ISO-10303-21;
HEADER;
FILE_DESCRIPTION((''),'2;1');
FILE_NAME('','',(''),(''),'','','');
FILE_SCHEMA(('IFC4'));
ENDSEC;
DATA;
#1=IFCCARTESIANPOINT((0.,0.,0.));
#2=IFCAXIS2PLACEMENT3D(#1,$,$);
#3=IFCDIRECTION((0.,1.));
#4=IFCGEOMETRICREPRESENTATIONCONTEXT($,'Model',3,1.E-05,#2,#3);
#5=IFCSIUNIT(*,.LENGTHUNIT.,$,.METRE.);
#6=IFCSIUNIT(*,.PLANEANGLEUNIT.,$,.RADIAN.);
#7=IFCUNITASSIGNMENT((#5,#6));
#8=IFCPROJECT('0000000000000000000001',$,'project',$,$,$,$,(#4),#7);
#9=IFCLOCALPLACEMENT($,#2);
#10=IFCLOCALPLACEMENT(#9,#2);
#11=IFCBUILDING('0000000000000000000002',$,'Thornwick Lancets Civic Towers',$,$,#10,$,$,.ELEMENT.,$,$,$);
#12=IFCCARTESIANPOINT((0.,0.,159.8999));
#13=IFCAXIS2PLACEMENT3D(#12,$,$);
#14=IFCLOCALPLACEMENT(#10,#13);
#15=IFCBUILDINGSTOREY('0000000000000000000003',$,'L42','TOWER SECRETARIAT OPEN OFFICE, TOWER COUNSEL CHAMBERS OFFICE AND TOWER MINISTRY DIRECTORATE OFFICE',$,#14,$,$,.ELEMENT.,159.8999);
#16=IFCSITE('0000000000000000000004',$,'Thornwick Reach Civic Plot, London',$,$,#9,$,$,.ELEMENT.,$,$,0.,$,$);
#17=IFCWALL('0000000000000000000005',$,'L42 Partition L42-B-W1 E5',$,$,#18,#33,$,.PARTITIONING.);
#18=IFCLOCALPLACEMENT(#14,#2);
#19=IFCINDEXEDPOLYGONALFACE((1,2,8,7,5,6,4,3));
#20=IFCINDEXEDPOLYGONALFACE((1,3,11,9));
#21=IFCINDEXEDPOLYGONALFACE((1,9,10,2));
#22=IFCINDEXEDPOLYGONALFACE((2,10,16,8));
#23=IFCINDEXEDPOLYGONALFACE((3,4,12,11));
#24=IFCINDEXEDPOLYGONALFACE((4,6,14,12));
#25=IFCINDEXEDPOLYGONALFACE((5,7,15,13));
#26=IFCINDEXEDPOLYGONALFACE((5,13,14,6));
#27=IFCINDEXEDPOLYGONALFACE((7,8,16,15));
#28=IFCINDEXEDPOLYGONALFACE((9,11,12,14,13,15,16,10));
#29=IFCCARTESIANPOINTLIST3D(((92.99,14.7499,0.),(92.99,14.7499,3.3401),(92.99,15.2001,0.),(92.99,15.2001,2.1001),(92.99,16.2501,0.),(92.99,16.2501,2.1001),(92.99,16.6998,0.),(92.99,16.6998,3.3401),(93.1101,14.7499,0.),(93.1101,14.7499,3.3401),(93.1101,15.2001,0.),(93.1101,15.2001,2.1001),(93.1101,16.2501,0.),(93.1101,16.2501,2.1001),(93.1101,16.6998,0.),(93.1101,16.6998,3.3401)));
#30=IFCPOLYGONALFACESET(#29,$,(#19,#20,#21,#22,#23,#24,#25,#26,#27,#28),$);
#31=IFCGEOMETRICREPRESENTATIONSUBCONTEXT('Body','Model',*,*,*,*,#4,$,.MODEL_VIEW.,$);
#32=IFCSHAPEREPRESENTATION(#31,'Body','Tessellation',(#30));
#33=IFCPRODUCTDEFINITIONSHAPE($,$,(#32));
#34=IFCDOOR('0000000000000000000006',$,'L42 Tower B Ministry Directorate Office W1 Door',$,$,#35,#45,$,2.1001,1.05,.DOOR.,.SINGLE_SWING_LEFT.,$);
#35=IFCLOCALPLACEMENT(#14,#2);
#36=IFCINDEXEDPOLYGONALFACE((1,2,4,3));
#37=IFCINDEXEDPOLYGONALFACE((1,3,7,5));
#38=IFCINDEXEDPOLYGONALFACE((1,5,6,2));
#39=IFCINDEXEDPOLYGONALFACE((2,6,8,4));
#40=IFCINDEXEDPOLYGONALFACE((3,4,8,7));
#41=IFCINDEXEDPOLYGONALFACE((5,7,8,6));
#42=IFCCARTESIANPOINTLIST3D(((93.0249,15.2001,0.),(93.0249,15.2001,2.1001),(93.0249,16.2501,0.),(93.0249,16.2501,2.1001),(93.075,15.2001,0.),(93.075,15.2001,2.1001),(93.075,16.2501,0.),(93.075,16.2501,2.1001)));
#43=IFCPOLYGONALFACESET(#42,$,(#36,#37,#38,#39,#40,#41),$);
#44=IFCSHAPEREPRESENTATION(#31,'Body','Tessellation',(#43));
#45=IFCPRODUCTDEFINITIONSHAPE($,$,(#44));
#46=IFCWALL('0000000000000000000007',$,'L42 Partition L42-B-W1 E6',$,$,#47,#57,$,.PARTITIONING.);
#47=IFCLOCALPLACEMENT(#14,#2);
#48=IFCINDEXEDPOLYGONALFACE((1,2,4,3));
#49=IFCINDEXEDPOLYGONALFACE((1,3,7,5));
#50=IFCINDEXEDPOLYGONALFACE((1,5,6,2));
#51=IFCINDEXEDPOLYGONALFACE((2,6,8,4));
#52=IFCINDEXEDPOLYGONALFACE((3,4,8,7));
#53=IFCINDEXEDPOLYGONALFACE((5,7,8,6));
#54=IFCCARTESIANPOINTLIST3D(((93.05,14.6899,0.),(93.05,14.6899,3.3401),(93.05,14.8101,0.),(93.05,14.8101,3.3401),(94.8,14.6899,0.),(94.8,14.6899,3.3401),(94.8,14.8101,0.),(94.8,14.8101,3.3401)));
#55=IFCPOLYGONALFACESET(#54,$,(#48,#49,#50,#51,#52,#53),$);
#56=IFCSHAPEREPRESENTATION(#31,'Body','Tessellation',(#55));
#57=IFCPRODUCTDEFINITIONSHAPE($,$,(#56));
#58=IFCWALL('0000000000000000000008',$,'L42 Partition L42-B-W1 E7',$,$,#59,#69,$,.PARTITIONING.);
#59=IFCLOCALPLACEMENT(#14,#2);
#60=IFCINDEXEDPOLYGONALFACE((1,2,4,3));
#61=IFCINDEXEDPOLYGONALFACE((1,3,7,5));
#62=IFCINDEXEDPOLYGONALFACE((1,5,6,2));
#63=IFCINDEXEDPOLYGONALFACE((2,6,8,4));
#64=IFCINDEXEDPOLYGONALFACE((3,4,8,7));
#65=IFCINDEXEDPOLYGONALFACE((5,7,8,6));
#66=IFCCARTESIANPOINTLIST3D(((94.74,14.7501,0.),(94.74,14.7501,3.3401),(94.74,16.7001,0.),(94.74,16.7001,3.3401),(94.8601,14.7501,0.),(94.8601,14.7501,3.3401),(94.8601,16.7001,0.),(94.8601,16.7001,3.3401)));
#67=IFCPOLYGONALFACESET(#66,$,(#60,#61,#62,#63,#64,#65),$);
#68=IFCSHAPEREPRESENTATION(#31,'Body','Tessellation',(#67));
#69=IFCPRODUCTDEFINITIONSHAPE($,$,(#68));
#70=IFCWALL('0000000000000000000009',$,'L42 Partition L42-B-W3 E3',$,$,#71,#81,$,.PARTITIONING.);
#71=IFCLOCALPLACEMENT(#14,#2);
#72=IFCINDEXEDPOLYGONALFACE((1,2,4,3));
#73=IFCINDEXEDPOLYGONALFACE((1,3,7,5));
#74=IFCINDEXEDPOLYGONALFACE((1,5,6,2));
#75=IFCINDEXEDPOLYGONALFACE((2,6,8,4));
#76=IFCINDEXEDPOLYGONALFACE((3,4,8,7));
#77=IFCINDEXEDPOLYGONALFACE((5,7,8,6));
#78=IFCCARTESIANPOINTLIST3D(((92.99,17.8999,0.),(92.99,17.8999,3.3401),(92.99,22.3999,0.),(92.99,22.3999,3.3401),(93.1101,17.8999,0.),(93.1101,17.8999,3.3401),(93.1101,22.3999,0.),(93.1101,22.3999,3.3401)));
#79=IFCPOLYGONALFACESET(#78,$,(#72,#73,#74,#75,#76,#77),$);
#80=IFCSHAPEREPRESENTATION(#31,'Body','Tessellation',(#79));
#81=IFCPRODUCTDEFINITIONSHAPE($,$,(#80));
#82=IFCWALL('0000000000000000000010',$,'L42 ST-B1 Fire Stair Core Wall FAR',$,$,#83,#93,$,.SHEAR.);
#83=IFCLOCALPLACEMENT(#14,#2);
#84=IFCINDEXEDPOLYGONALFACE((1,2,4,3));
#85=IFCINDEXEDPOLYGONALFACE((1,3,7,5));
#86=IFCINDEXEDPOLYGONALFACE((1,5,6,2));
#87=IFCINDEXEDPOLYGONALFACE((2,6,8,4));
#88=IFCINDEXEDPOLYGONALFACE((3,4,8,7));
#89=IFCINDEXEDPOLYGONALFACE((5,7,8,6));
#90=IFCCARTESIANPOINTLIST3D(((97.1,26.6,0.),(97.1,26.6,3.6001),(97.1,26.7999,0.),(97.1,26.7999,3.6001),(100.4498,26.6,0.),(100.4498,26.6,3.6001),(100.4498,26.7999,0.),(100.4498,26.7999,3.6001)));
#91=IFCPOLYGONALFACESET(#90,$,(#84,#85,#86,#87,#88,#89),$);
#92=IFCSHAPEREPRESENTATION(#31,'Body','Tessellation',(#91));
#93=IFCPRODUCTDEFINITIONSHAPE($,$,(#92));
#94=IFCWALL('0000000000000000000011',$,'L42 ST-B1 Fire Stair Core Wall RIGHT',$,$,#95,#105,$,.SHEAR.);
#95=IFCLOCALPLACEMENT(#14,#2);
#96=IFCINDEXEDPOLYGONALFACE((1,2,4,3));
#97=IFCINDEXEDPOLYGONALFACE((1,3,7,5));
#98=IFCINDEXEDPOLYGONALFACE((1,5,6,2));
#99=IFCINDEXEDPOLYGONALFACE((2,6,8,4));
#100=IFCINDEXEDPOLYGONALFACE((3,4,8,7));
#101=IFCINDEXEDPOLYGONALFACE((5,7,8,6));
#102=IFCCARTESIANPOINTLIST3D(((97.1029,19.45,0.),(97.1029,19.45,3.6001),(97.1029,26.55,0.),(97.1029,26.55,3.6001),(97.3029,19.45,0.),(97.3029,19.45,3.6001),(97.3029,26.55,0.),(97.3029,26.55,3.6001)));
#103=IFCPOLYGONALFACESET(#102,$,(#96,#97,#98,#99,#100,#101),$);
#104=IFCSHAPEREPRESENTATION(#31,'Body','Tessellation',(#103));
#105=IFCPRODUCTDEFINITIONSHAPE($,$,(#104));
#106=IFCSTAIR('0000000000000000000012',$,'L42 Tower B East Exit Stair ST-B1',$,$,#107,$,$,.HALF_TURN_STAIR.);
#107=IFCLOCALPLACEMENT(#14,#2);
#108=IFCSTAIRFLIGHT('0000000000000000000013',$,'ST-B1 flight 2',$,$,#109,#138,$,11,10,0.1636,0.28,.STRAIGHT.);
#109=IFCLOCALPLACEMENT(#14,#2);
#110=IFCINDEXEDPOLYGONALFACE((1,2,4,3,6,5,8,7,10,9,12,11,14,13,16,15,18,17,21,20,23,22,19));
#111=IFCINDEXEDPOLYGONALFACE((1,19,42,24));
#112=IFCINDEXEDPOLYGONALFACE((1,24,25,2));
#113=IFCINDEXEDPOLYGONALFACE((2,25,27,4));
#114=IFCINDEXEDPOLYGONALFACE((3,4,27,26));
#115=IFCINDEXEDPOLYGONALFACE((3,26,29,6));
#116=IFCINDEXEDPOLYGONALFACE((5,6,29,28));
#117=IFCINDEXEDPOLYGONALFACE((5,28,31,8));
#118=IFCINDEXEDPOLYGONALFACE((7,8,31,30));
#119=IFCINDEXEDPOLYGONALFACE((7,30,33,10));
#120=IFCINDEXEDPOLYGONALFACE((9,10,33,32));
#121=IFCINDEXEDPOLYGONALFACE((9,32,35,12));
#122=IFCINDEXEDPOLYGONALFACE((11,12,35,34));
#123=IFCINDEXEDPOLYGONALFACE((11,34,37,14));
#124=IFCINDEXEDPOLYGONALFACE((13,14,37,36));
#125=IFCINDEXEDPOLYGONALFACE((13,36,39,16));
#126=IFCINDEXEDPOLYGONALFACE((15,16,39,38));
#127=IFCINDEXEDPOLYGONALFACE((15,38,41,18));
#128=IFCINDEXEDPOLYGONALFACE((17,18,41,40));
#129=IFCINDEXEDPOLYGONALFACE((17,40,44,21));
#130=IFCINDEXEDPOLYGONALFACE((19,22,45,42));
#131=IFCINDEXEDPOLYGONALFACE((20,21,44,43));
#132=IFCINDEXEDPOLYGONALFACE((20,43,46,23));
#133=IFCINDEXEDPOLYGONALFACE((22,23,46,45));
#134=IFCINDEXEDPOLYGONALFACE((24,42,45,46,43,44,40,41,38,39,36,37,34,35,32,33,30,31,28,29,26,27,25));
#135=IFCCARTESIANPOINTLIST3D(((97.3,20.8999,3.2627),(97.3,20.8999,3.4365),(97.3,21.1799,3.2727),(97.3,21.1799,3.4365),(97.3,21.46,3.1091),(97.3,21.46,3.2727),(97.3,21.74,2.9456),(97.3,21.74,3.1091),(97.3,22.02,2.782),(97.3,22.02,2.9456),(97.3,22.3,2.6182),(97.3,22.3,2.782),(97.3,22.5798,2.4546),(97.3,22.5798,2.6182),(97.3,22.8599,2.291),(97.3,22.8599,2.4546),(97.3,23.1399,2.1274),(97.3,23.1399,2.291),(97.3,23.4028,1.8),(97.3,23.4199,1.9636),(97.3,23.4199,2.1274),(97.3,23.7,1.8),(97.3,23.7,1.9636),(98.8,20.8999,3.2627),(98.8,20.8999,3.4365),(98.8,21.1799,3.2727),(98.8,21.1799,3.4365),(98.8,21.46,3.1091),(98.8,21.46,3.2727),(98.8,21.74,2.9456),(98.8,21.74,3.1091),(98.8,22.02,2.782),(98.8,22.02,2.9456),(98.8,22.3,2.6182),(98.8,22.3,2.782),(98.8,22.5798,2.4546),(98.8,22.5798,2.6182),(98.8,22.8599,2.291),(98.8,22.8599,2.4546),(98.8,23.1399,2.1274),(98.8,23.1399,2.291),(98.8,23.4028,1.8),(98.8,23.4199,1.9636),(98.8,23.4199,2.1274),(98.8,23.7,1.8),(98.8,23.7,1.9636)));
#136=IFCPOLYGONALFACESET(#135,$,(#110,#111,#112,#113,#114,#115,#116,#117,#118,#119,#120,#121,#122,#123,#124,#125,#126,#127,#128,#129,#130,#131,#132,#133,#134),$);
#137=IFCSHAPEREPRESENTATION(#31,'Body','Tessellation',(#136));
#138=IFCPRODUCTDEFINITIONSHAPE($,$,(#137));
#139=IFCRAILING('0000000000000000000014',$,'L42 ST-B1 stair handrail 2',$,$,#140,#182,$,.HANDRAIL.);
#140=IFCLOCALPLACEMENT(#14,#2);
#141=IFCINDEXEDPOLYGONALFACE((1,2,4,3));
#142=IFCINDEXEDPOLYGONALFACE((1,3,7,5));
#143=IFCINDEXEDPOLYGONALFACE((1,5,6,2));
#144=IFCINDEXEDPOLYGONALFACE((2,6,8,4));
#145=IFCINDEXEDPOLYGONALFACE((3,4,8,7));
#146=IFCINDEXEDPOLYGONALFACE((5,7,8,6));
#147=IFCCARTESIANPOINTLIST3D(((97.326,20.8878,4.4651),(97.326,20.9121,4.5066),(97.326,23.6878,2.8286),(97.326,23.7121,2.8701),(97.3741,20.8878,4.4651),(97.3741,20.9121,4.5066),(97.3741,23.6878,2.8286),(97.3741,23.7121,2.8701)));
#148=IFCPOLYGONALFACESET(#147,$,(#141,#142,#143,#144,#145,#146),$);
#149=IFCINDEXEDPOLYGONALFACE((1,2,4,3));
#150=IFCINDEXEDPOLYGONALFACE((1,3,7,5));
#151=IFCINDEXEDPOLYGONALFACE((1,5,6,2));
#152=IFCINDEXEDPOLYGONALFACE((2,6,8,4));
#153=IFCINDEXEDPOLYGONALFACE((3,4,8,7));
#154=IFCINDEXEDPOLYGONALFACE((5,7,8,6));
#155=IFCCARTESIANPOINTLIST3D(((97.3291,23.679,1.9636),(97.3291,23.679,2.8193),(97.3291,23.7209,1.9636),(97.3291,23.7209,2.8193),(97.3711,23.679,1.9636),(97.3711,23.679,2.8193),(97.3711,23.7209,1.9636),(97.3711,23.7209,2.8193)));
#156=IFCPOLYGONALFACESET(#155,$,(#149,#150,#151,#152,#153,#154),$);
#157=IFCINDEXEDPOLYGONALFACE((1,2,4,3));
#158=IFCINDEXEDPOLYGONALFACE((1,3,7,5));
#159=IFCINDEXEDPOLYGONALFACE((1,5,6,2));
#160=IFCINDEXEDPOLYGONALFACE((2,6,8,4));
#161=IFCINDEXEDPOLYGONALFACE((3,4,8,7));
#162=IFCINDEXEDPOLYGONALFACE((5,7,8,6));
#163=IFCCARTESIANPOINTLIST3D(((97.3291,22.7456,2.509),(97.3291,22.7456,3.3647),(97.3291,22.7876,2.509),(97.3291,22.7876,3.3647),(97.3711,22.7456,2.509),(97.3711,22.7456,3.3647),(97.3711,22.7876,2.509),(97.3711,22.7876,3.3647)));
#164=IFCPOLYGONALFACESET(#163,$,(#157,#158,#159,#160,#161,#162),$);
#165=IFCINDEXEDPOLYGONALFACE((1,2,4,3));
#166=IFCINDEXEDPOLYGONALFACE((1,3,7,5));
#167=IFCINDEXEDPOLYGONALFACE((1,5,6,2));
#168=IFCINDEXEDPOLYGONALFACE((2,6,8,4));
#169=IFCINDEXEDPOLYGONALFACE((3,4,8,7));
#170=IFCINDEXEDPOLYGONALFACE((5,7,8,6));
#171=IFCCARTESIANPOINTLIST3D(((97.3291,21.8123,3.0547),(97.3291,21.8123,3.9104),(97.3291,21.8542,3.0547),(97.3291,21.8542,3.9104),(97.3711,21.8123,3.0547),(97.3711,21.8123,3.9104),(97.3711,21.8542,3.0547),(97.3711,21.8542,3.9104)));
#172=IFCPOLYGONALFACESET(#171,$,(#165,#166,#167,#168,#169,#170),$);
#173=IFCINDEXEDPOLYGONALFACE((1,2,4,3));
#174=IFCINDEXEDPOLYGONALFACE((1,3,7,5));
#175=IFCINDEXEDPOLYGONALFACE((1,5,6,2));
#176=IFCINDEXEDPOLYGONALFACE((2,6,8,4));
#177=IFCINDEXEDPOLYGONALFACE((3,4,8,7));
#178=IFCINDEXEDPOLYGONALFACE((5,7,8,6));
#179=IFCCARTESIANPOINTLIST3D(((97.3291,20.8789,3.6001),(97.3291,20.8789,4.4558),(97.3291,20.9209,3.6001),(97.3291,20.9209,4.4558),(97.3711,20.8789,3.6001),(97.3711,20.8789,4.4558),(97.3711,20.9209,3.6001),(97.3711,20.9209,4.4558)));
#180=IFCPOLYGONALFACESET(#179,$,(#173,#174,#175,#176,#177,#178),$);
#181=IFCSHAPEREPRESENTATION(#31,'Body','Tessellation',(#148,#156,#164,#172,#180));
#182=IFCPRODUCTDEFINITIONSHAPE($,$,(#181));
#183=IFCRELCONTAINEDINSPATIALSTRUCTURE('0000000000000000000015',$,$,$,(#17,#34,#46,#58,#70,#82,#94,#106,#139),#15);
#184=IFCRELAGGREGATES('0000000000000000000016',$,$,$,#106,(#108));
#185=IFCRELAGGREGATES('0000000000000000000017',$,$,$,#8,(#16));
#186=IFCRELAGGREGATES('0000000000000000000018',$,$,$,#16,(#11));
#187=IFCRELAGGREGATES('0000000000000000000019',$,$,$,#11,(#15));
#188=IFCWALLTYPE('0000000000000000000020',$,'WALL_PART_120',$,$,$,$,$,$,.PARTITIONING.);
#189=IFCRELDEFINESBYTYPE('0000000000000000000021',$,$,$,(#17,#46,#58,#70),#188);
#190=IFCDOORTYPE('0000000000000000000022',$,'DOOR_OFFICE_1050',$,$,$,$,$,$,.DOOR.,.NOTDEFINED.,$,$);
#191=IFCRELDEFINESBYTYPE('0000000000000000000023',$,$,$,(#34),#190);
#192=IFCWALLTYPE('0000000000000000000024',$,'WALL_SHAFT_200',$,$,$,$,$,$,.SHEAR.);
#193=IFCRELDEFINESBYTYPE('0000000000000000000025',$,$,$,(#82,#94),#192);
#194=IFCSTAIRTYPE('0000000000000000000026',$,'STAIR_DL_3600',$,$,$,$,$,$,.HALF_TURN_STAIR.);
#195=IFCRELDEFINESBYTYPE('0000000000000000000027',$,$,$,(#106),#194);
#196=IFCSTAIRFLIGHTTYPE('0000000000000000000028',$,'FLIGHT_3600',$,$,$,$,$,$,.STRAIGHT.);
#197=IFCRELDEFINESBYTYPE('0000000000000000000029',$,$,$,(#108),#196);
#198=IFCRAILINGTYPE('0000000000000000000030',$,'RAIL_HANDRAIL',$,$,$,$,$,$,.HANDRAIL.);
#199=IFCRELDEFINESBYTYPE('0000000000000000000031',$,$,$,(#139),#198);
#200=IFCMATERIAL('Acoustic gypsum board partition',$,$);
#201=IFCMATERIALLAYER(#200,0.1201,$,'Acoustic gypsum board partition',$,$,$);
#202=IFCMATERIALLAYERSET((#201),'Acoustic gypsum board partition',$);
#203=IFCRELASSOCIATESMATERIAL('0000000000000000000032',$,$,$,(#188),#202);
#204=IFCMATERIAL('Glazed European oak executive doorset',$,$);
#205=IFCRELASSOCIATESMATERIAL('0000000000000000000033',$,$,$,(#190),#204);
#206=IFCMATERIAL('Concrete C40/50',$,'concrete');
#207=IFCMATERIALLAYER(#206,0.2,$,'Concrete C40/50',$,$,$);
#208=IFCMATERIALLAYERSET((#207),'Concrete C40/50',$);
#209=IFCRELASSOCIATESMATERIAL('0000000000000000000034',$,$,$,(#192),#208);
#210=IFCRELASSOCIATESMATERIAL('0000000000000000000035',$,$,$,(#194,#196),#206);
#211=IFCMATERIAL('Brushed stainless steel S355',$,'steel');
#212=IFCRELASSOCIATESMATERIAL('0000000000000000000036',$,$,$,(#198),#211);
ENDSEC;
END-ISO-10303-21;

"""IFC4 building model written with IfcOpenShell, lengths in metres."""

from ifc_helpers import new_model, si_unit, direction, frame, frame_2d, origin, origin_2d, place, context, subcontext, project, spatial, polyline, rectangle, outline, extrude, material, layer, layer_set, type_object, element, fill, aggregate, save


model = new_model("IFC4")

# Units and contexts
model_context = context("Model", 3, precision=1e-05, world=origin(), true_north=direction((0.0, 1.0)))
body_context = subcontext(model_context, "Body", "Model", "MODEL_VIEW")
ifc_project = project(units=[si_unit("LENGTHUNIT", "METRE"), si_unit("PLANEANGLEUNIT", "RADIAN")], contexts=[model_context])

# Site, building, storey
site_placement = place(None, origin())
site = spatial("IfcSite", under=ifc_project, at=site_placement, Name="Thornwick Reach Civic Plot, London", CompositionType="ELEMENT", RefElevation=0.0)
building_placement = place(site_placement, origin())
building = spatial("IfcBuilding", under=site, at=building_placement, Name="Thornwick Lancets Civic Towers", CompositionType="ELEMENT")
storey_placement = place(building_placement, frame((0.0, 0.0, 159.8999)))
storey = spatial("IfcBuildingStorey", under=building, at=storey_placement, Name="L42", Description="TOWER SECRETARIAT OPEN OFFICE, TOWER COUNSEL CHAMBERS OFFICE AND TOWER MINISTRY DIRECTORATE OFFICE", CompositionType="ELEMENT", Elevation=159.8999)

# Shared definitions
ifc_material_1 = material(Name="Acoustic gypsum board partition")
ifc_layer_1 = layer(ifc_material_1, 0.1201, Name="Acoustic gypsum board partition")
ifc_layer_set_1 = layer_set([ifc_layer_1], Name="Acoustic gypsum board partition")
wall_type_1 = type_object("IfcWallType", Name="WALL_PART_120", PredefinedType="PARTITIONING", material=ifc_layer_set_1)

# Wall, opening, door
wall_1_placement = place(storey_placement, frame((93.05, 16.7, 0.0), z_axis=(0.0, 0.0, 1.0), x_axis=(0.0, -1.0, 0.0)))
wall_1 = element("IfcWall", 1, at=wall_1_placement, inside=storey, type_object=wall_type_1, Name="L42 Partition L42-B-W1 E5", PredefinedType="PARTITIONING", context=body_context, shape_type="SweptSolid", body=[
    extrude(rectangle(XDim=1.95, YDim=0.1201, at=frame_2d((0.9751, 0.0))), origin(), (0.0, 0.0, 1.0), 3.3401),
])
opening_1_placement = place(wall_1_placement, frame((0.45, 0.0, 0.0)))
opening_1 = element("IfcOpeningElement", 2, at=opening_1_placement, cuts=wall_1, PredefinedType="OPENING", context=body_context, shape_type="SweptSolid", body=[
    extrude(rectangle(XDim=1.05, YDim=2.1001, at=frame_2d((0.5249, 1.05))), frame((0.0, 0.0701, 0.0), z_axis=(0.0, -1.0, 0.0), x_axis=(1.0, 0.0, 0.0)), (0.0, 0.0, 1.0), 0.1401),
])
ifc_material_2 = material(Name="Glazed European oak executive doorset")
door_type_1 = type_object("IfcDoorType", Name="DOOR_OFFICE_1050", OperationType="NOTDEFINED", PredefinedType="DOOR", material=ifc_material_2)
door_1_placement = place(opening_1_placement, origin())
door_1 = element("IfcDoor", 3, at=door_1_placement, inside=storey, type_object=door_type_1, Name="L42 Tower B Ministry Directorate Office W1 Door", OperationType="SINGLE_SWING_LEFT", OverallHeight=2.1001, OverallWidth=1.05, PredefinedType="DOOR", context=body_context, shape_type="SweptSolid", body=[
    extrude(rectangle(XDim=1.05, YDim=2.1001, at=frame_2d((0.5249, 1.05))), frame((0.0, 0.0249, 0.0), z_axis=(0.0, -1.0, 0.0), x_axis=(1.0, 0.0, 0.0)), (0.0, 0.0, 1.0), 0.05),
])
fill(opening_1, door_1)

# Walls
wall_2_placement = place(storey_placement, frame((93.05, 14.75, 0.0), z_axis=(0.0, 0.0, 1.0), x_axis=(1.0, 0.0, 0.0)))
element("IfcWall", 4, at=wall_2_placement, inside=storey, type_object=wall_type_1, Name="L42 Partition L42-B-W1 E6", PredefinedType="PARTITIONING", context=body_context, shape_type="SweptSolid", body=[
    extrude(rectangle(XDim=1.75, YDim=0.1201, at=frame_2d((0.875, 0.0))), origin(), (0.0, 0.0, 1.0), 3.3401),
])
wall_3_placement = place(storey_placement, frame((94.8, 14.75, 0.0), z_axis=(0.0, 0.0, 1.0), x_axis=(0.0, 1.0, 0.0)))
element("IfcWall", 5, at=wall_3_placement, inside=storey, type_object=wall_type_1, Name="L42 Partition L42-B-W1 E7", PredefinedType="PARTITIONING", context=body_context, shape_type="SweptSolid", body=[
    extrude(rectangle(XDim=1.95, YDim=0.1201, at=frame_2d((0.9751, 0.0))), origin(), (0.0, 0.0, 1.0), 3.3401),
])
wall_4_placement = place(storey_placement, frame((93.05, 22.3999, 0.0), z_axis=(0.0, 0.0, 1.0), x_axis=(0.0, -1.0, 0.0)))
element("IfcWall", 6, at=wall_4_placement, inside=storey, type_object=wall_type_1, Name="L42 Partition L42-B-W3 E3", PredefinedType="PARTITIONING", context=body_context, shape_type="SweptSolid", body=[
    extrude(rectangle(XDim=4.5, YDim=0.1201, at=frame_2d((2.25, 0.0))), origin(), (0.0, 0.0, 1.0), 3.3401),
])
ifc_material_3 = material(Name="Concrete C40/50", Category="concrete")
ifc_layer_2 = layer(ifc_material_3, 0.2, Name="Concrete C40/50")
ifc_layer_set_2 = layer_set([ifc_layer_2], Name="Concrete C40/50")
wall_type_2 = type_object("IfcWallType", Name="WALL_SHAFT_200", PredefinedType="SHEAR", material=ifc_layer_set_2)
wall_5_placement = place(storey_placement, frame((97.1001, 26.7, 0.0), z_axis=(0.0, 0.0, 1.0), x_axis=(1.0, 0.0, 0.0)))
element("IfcWall", 7, at=wall_5_placement, inside=storey, type_object=wall_type_2, Name="L42 ST-B1 Fire Stair Core Wall FAR", PredefinedType="SHEAR", context=body_context, shape_type="SweptSolid", body=[
    extrude(rectangle(XDim=3.3499, YDim=0.2, at=frame_2d((1.6748, 0.0))), origin(), (0.0, 0.0, 1.0), 3.6001),
])
wall_6_placement = place(storey_placement, frame((97.2029, 26.55, 0.0), z_axis=(0.0, 0.0, 1.0), x_axis=(0.0, -1.0, 0.0)))
element("IfcWall", 8, at=wall_6_placement, inside=storey, type_object=wall_type_2, Name="L42 ST-B1 Fire Stair Core Wall RIGHT", PredefinedType="SHEAR", context=body_context, shape_type="SweptSolid", body=[
    extrude(rectangle(XDim=7.1001, YDim=0.2, at=frame_2d((3.55, 0.0))), origin(), (0.0, 0.0, 1.0), 3.6001),
])

# Stair, stair flight
stair_type = type_object("IfcStairType", Name="STAIR_DL_3600", PredefinedType="HALF_TURN_STAIR", material=ifc_material_3)
stair_placement = place(storey_placement, origin())
stair = element("IfcStair", 9, at=stair_placement, inside=storey, type_object=stair_type, Name="L42 Tower B East Exit Stair ST-B1", PredefinedType="HALF_TURN_STAIR")
stair_flight_type = type_object("IfcStairFlightType", Name="FLIGHT_3600", PredefinedType="STRAIGHT", material=ifc_material_3)
stair_flight_placement = place(storey_placement, frame((98.05, 23.7, 1.8), z_axis=(0.0, 0.0, 1.0), x_axis=(0.0, -1.0, 0.0)))
stair_flight = element("IfcStairFlight", 10, at=stair_flight_placement, type_object=stair_flight_type, Name="ST-B1 flight 2", NumberOfRisers=11, NumberOfTreads=10, PredefinedType="STRAIGHT", RiserHeight=0.1636, TreadLength=0.28, context=body_context, shape_type="SweptSolid", body=[
    extrude(outline(polyline([(0.0, 0.0), (0.0, 0.1636), (0.28, 0.1636), (0.28, 0.3274), (0.5601, 0.3274), (0.5601, 0.491), (0.8401, 0.491), (0.8401, 0.6545), (1.1201, 0.6545), (1.1201, 0.8181), (1.3999, 0.8181), (1.3999, 0.9819), (1.6799, 0.9819), (1.6799, 1.1455), (1.96, 1.1455), (1.96, 1.3091), (2.24, 1.3091), (2.24, 1.4727), (2.52, 1.4727), (2.52, 1.6365), (2.8, 1.6365), (2.8, 1.8), (2.8, 1.4626), (0.2971, 0.0), (0.0, 0.0)])), frame((0.0, 0.75, 0.0), z_axis=(0.0, -1.0, 0.0), x_axis=(1.0, 0.0, 0.0)), (0.0, 0.0, 1.0), 1.5),
])
aggregate(stair, [stair_flight])

# Railing
ifc_material_4 = material(Name="Brushed stainless steel S355", Category="steel")
railing_type = type_object("IfcRailingType", Name="RAIL_HANDRAIL", PredefinedType="HANDRAIL", material=ifc_material_4)
railing_placement = place(storey_placement, frame((97.3501, 23.7, 1.9636)))
element("IfcRailing", 11, at=railing_placement, inside=storey, type_object=railing_type, Name="L42 ST-B1 stair handrail 2", PredefinedType="HANDRAIL", context=body_context, shape_type="SweptSolid", body=[
    extrude(rectangle(XDim=0.0481, YDim=0.0481, at=origin_2d()), frame((0.0, 0.0, 0.8857), z_axis=(0.0, -0.863361, 0.504587), x_axis=(1.0, 0.0, 0.0)), (0.0, 0.0, 1.0), 3.2432),
    extrude(rectangle(XDim=0.042, YDim=0.042, at=origin_2d()), origin(), (0.0, 0.0, 1.0), 0.8557),
    extrude(rectangle(XDim=0.042, YDim=0.042, at=origin_2d()), frame((0.0, -0.9333, 0.5454)), (0.0, 0.0, 1.0), 0.8557),
    extrude(rectangle(XDim=0.042, YDim=0.042, at=origin_2d()), frame((0.0, -1.8667, 1.0911)), (0.0, 0.0, 1.0), 0.8557),
    extrude(rectangle(XDim=0.042, YDim=0.042, at=origin_2d()), frame((0.0, -2.8, 1.6365)), (0.0, 0.0, 1.0), 0.8557),
])

save(model, "model.ifc")
